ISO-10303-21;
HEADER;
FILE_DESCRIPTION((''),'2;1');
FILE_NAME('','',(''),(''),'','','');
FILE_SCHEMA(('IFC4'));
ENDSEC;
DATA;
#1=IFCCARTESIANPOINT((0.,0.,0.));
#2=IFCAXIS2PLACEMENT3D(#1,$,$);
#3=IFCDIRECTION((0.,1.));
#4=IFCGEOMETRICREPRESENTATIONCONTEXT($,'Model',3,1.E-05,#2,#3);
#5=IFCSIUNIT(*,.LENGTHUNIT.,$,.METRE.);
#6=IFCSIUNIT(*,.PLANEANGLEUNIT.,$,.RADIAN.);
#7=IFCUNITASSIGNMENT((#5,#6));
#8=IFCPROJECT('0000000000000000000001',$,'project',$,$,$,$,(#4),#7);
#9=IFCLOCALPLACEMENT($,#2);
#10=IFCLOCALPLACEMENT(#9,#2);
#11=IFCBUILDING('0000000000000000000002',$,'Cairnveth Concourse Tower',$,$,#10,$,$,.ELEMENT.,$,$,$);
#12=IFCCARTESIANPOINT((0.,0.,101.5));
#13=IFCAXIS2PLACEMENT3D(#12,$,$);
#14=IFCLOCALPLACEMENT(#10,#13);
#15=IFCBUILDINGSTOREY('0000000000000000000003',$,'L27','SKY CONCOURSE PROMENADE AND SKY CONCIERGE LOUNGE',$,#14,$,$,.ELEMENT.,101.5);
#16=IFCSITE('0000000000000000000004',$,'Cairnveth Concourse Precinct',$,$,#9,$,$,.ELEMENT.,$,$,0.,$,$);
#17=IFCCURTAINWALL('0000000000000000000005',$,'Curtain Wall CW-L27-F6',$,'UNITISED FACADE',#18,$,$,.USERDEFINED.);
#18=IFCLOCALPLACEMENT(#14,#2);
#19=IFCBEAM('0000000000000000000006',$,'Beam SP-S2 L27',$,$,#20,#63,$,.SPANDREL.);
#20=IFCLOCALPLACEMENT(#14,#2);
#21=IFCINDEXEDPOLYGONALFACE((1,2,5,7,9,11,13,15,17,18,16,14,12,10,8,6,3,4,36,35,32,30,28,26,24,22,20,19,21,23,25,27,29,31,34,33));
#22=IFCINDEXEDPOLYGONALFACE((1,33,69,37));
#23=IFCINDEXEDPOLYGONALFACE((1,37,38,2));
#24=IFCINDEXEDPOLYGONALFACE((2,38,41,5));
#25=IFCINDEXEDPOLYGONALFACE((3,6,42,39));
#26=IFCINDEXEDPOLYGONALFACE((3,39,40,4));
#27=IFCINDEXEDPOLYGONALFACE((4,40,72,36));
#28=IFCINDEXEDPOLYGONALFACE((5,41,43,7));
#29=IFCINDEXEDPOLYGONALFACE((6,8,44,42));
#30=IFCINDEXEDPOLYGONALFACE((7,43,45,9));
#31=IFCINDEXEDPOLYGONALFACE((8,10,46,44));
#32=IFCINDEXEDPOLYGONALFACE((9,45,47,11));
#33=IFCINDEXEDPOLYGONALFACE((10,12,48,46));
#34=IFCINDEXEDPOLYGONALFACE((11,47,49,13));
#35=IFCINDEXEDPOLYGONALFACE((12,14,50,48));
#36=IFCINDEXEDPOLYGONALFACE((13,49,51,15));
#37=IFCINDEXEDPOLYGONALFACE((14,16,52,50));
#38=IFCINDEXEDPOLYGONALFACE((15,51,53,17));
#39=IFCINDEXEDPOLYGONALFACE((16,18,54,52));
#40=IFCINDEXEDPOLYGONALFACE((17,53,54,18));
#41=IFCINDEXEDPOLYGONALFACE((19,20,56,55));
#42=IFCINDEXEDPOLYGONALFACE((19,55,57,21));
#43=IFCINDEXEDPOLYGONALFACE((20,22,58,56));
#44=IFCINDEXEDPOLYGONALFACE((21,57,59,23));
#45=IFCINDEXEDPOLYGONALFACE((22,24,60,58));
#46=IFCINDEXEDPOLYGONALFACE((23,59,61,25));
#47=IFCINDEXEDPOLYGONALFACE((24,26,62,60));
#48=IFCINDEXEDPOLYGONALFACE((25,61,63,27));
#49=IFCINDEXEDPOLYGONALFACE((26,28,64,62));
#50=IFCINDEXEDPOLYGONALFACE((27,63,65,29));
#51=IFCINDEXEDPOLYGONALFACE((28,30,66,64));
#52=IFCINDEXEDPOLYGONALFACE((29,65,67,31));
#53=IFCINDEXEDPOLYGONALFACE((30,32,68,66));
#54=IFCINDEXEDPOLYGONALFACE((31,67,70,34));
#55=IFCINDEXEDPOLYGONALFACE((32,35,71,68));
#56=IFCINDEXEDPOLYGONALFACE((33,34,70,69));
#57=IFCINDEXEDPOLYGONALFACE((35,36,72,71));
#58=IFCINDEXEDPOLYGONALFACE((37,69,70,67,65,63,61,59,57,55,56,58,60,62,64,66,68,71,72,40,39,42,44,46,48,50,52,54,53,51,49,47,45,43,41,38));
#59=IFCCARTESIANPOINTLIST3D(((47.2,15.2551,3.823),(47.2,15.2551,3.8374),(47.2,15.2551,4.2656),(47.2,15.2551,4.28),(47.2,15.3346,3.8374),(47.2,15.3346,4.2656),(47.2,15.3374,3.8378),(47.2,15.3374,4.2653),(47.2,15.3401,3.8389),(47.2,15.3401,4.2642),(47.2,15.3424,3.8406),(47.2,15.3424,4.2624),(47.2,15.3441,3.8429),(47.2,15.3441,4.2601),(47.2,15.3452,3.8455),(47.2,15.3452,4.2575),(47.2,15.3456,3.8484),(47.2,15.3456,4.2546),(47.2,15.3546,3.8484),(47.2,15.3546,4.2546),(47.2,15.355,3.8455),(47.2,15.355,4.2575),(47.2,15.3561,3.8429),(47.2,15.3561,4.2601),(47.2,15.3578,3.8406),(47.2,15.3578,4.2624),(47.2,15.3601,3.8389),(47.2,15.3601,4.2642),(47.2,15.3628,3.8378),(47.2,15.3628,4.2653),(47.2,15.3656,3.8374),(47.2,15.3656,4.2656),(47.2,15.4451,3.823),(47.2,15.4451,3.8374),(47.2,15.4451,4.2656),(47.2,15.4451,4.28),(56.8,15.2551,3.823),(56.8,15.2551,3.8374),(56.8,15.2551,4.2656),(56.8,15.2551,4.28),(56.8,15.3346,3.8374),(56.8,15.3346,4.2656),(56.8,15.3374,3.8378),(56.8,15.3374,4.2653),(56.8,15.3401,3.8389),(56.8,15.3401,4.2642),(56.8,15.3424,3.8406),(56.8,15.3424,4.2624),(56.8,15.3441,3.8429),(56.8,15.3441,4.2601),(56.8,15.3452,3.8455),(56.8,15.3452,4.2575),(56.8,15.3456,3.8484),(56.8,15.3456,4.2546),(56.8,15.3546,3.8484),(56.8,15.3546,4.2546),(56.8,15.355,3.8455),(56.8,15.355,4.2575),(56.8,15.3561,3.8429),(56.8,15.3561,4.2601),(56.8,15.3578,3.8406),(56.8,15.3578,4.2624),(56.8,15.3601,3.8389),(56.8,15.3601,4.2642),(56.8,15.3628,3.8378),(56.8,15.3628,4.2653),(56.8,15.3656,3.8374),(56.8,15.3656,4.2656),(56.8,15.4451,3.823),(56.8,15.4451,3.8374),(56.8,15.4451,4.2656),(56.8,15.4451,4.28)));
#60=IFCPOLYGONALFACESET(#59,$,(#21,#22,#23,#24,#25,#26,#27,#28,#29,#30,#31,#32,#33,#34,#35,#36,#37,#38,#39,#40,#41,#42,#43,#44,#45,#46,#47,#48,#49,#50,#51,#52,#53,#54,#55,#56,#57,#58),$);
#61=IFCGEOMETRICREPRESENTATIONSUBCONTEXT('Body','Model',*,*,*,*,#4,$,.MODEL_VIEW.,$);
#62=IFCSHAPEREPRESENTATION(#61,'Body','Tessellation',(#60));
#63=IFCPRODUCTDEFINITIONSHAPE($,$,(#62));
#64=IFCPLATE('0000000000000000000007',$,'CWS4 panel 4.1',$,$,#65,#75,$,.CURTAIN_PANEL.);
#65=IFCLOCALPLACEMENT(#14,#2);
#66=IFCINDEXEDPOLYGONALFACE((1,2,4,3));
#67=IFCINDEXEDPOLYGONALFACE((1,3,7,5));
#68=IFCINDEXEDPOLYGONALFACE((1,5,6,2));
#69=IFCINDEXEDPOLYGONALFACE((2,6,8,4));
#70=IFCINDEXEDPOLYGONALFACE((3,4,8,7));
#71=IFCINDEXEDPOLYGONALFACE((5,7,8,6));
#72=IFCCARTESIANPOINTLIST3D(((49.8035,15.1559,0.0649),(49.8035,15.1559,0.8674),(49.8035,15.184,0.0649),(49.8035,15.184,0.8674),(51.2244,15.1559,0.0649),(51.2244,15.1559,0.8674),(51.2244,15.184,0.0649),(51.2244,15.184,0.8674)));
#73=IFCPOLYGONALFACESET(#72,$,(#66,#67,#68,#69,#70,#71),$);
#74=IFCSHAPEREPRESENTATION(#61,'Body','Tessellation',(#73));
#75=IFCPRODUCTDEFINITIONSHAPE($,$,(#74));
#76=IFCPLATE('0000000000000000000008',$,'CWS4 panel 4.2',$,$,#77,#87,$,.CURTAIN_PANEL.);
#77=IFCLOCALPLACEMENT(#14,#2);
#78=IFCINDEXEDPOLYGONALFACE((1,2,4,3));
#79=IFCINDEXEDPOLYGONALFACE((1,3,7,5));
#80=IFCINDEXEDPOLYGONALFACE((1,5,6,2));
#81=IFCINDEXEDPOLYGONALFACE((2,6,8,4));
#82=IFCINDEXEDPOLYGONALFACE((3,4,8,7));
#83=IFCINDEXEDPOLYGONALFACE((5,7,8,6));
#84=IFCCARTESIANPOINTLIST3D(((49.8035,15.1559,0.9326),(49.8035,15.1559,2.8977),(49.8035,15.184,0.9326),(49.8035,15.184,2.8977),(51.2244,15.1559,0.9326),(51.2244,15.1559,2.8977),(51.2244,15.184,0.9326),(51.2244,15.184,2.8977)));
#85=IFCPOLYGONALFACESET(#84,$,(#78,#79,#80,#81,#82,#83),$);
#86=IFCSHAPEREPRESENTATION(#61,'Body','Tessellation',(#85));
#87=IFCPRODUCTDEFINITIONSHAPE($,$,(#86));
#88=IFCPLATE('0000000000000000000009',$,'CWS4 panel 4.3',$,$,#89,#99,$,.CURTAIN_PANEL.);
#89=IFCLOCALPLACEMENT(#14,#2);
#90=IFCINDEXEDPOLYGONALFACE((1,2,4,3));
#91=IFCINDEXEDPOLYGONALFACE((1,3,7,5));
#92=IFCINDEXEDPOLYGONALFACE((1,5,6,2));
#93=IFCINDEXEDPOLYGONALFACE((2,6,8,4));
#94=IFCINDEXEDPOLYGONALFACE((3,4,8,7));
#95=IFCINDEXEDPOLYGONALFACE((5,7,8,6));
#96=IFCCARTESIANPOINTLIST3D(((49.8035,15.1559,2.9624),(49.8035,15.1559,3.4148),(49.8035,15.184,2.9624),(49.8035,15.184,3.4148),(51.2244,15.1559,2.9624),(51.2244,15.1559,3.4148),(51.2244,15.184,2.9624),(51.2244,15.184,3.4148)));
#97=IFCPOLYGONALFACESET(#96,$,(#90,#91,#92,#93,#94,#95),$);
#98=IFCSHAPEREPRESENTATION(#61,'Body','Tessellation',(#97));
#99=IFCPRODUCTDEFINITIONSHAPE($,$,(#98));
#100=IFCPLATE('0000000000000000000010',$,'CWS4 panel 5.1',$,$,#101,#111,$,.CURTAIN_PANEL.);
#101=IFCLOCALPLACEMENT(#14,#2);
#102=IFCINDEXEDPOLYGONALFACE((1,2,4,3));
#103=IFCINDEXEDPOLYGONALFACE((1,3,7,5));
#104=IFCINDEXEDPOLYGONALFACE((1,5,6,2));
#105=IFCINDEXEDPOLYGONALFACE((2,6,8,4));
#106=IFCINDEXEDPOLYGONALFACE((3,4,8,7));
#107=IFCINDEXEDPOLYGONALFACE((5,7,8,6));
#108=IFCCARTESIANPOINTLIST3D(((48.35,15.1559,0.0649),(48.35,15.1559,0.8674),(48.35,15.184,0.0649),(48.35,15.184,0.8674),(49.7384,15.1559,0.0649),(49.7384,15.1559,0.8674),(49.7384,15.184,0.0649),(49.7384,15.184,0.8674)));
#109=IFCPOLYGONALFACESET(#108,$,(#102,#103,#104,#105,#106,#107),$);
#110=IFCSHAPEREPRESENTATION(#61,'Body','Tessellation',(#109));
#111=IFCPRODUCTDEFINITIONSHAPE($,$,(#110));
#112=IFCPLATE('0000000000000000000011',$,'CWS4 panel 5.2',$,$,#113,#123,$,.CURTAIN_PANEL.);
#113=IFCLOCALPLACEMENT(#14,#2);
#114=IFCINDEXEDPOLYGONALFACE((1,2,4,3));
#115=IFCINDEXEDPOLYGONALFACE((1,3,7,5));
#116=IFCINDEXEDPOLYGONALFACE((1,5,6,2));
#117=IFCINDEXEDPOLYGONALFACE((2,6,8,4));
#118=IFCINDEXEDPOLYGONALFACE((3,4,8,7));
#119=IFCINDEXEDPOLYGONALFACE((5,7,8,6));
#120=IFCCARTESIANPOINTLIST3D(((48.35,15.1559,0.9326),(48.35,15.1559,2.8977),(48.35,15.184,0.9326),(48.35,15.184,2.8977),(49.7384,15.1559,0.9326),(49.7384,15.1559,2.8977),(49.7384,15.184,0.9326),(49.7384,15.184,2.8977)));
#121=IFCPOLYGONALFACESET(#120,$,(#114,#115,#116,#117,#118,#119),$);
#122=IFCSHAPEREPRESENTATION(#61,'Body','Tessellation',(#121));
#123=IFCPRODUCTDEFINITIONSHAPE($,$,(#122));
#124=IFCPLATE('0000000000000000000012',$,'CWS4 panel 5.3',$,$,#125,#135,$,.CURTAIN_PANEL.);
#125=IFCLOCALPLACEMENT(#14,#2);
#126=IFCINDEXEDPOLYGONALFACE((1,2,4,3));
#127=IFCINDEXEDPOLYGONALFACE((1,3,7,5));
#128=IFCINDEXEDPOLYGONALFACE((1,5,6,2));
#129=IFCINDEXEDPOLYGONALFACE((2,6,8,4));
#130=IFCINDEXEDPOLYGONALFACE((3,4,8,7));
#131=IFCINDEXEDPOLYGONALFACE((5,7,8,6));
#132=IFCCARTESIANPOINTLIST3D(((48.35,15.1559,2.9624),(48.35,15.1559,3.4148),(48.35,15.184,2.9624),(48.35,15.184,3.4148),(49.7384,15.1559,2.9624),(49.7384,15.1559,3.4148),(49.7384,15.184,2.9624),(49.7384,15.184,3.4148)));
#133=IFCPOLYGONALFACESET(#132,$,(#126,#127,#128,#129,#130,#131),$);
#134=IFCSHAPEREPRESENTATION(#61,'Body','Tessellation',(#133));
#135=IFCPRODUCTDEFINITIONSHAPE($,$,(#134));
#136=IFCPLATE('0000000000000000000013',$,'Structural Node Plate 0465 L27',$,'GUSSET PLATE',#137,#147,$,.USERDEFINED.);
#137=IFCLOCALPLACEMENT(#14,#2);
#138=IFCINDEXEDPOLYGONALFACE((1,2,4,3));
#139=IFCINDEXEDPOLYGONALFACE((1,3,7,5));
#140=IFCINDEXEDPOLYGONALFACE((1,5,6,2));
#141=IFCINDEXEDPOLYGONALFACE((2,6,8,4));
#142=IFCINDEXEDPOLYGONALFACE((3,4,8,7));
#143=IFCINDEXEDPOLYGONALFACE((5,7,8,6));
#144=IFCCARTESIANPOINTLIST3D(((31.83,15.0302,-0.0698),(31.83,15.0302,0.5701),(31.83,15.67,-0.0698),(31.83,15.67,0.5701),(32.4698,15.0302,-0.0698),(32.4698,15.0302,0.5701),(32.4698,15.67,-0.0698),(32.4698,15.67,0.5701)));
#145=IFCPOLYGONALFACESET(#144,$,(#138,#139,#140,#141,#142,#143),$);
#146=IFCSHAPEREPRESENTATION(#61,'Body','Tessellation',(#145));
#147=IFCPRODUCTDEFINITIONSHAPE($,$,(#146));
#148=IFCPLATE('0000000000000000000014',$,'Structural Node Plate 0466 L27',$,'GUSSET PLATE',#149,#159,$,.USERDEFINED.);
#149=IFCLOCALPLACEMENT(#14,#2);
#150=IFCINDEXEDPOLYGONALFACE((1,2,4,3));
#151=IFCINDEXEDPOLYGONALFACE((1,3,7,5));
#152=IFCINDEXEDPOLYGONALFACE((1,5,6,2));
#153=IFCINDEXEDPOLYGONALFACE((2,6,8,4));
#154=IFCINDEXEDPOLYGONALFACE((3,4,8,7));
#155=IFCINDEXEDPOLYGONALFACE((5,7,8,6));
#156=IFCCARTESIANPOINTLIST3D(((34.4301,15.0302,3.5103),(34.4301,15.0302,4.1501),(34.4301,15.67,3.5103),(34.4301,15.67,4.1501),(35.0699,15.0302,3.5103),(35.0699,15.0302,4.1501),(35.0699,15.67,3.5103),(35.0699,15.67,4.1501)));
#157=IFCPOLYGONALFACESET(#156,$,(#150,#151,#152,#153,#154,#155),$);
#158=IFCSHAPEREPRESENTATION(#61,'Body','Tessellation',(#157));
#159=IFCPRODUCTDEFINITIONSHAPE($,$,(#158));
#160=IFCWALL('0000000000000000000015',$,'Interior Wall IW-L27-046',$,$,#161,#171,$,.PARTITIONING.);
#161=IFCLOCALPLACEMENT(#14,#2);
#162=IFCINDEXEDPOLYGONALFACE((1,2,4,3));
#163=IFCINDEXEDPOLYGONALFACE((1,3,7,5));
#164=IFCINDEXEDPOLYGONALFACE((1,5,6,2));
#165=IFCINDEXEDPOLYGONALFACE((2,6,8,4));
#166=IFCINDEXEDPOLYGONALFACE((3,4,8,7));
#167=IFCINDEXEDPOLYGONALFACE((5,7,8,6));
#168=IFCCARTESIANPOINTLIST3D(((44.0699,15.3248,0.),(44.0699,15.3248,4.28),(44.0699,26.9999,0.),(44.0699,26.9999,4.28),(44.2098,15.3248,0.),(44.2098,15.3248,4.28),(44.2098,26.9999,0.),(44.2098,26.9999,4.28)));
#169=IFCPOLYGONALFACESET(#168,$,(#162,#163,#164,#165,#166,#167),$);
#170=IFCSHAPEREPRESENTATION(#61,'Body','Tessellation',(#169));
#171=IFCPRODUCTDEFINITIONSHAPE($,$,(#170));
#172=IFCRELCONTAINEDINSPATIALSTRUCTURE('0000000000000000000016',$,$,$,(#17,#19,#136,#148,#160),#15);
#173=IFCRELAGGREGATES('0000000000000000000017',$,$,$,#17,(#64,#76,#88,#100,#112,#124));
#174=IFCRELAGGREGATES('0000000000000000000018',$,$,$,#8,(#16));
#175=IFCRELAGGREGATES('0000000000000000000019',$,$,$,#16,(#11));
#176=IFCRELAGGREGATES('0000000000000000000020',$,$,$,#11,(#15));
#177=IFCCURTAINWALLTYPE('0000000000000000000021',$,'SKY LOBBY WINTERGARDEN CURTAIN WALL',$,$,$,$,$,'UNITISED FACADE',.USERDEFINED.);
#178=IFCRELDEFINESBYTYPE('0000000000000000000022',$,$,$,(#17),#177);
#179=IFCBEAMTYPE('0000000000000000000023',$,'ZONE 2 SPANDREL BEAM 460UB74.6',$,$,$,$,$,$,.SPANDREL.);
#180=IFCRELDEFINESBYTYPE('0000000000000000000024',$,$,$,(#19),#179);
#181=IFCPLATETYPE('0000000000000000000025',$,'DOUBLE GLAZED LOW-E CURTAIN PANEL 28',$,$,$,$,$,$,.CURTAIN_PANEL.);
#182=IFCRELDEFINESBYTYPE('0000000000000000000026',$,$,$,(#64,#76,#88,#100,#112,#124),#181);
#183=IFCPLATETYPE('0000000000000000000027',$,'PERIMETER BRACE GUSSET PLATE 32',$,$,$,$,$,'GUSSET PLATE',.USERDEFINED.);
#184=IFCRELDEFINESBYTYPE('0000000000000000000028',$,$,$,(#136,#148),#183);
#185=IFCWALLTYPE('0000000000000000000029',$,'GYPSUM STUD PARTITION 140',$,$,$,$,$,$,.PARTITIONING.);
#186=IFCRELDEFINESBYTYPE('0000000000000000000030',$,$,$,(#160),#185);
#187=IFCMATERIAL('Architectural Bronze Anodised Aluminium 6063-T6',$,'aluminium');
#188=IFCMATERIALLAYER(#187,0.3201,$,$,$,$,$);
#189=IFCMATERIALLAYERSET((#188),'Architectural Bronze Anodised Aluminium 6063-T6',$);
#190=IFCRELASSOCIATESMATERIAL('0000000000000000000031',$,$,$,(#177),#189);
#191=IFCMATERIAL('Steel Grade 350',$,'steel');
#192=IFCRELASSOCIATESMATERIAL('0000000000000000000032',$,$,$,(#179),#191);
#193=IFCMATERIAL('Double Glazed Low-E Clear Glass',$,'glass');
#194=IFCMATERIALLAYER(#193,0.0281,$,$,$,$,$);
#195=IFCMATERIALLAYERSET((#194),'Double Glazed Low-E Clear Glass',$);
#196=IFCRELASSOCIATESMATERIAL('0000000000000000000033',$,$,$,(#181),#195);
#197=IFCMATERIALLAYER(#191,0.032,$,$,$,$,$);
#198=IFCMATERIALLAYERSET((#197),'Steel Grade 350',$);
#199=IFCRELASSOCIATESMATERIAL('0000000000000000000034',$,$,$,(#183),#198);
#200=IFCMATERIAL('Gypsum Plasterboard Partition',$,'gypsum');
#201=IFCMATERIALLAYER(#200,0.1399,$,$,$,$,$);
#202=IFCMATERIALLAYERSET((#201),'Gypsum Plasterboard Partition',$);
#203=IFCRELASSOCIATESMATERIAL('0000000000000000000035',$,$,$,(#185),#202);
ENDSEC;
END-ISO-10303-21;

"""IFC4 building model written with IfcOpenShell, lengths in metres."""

from ifc_helpers import new_model, si_unit, direction, frame, frame_2d, origin, origin_2d, place, context, subcontext, project, spatial, rectangle, i_section, extrude, material, layer, layer_set, material_profile, profile_set, type_object, element, aggregate, save


model = new_model("IFC4")

# Units and contexts
model_context = context("Model", 3, precision=1e-05, world=origin(), true_north=direction((0.0, 1.0)))
body_context = subcontext(model_context, "Body", "Model", "MODEL_VIEW")
ifc_project = project(units=[si_unit("LENGTHUNIT", "METRE"), si_unit("PLANEANGLEUNIT", "RADIAN")], contexts=[model_context])

# Site, building, storey
site_placement = place(None, origin())
site = spatial("IfcSite", under=ifc_project, at=site_placement, Name="Cairnveth Concourse Precinct", CompositionType="ELEMENT", RefElevation=0.0)
building_placement = place(site_placement, origin())
building = spatial("IfcBuilding", under=site, at=building_placement, Name="Cairnveth Concourse Tower", CompositionType="ELEMENT")
storey_placement = place(building_placement, frame((0.0, 0.0, 101.5)))
storey = spatial("IfcBuildingStorey", under=building, at=storey_placement, Name="L27", Description="SKY CONCOURSE PROMENADE AND SKY CONCIERGE LOUNGE", CompositionType="ELEMENT", Elevation=101.5)

# Curtain wall
ifc_material_1 = material(Name="Architectural Bronze Anodised Aluminium 6063-T6", Category="aluminium")
ifc_layer_1 = layer(ifc_material_1, 0.3201)
ifc_layer_set_1 = layer_set([ifc_layer_1], Name="Architectural Bronze Anodised Aluminium 6063-T6")
curtain_wall_type = type_object("IfcCurtainWallType", Name="SKY LOBBY WINTERGARDEN CURTAIN WALL", ElementType="UNITISED FACADE", PredefinedType="USERDEFINED", material=ifc_layer_set_1)
curtain_wall_placement = place(storey_placement, origin())
curtain_wall = element("IfcCurtainWall", 1, at=curtain_wall_placement, inside=storey, type_object=curtain_wall_type, Name="Curtain Wall CW-L27-F6", ObjectType="UNITISED FACADE", PredefinedType="USERDEFINED")

# Beam
ifc_material_2 = material(Name="Steel Grade 350", Category="steel")
ifc_material_profile_1 = material_profile(ifc_material_2, i_section(OverallWidth=0.1899, OverallDepth=0.457, WebThickness=0.009, FlangeThickness=0.0144, FilletRadius=0.011, at=origin_2d()), Name="460UB74.6")
ifc_profile_set_1 = profile_set([ifc_material_profile_1], Name="Steel Grade 350")
beam_type = type_object("IfcBeamType", Name="ZONE 2 SPANDREL BEAM 460UB74.6", PredefinedType="SPANDREL", material=ifc_profile_set_1)
beam_placement = place(storey_placement, frame((47.2, 15.3501, 4.0515), z_axis=(1.0, 0.0, 0.0), x_axis=(0.0, 1.0, 0.0)))
element("IfcBeam", 2, at=beam_placement, inside=storey, type_object=beam_type, Name="Beam SP-S2 L27", PredefinedType="SPANDREL", context=body_context, shape_type="SweptSolid", body=[
    extrude(i_section(OverallWidth=0.1899, OverallDepth=0.457, WebThickness=0.009, FlangeThickness=0.0144, FilletRadius=0.011, at=origin_2d()), origin(), (0.0, 0.0, 1.0), 9.6001),
])

# Plates
ifc_material_3 = material(Name="Double Glazed Low-E Clear Glass", Category="glass")
ifc_layer_2 = layer(ifc_material_3, 0.0281)
ifc_layer_set_2 = layer_set([ifc_layer_2], Name="Double Glazed Low-E Clear Glass")
plate_type_1 = type_object("IfcPlateType", Name="DOUBLE GLAZED LOW-E CURTAIN PANEL 28", PredefinedType="CURTAIN_PANEL", material=ifc_layer_set_2)
plate_1_placement = place(storey_placement, frame((50.5139, 15.1699, 0.0649), z_axis=(0.0, 0.0, 1.0), x_axis=(-1.0, 0.0, 0.0)))
plate_1 = element("IfcPlate", 3, at=plate_1_placement, type_object=plate_type_1, Name="CWS4 panel 4.1", PredefinedType="CURTAIN_PANEL", context=body_context, shape_type="SweptSolid", body=[
    extrude(rectangle(XDim=1.4209, YDim=0.0281, at=origin_2d()), origin(), (0.0, 0.0, 1.0), 0.8025),
])
plate_2_placement = place(storey_placement, frame((50.5139, 15.1699, 0.9326), z_axis=(0.0, 0.0, 1.0), x_axis=(-1.0, 0.0, 0.0)))
plate_2 = element("IfcPlate", 4, at=plate_2_placement, type_object=plate_type_1, Name="CWS4 panel 4.2", PredefinedType="CURTAIN_PANEL", context=body_context, shape_type="SweptSolid", body=[
    extrude(rectangle(XDim=1.4209, YDim=0.0281, at=origin_2d()), origin(), (0.0, 0.0, 1.0), 1.9651),
])
plate_3_placement = place(storey_placement, frame((50.5139, 15.1699, 2.9624), z_axis=(0.0, 0.0, 1.0), x_axis=(-1.0, 0.0, 0.0)))
plate_3 = element("IfcPlate", 5, at=plate_3_placement, type_object=plate_type_1, Name="CWS4 panel 4.3", PredefinedType="CURTAIN_PANEL", context=body_context, shape_type="SweptSolid", body=[
    extrude(rectangle(XDim=1.4209, YDim=0.0281, at=origin_2d()), origin(), (0.0, 0.0, 1.0), 0.4524),
])
plate_4_placement = place(storey_placement, frame((49.0442, 15.1699, 0.0649), z_axis=(0.0, 0.0, 1.0), x_axis=(-1.0, 0.0, 0.0)))
plate_4 = element("IfcPlate", 6, at=plate_4_placement, type_object=plate_type_1, Name="CWS4 panel 5.1", PredefinedType="CURTAIN_PANEL", context=body_context, shape_type="SweptSolid", body=[
    extrude(rectangle(XDim=1.3884, YDim=0.0281, at=origin_2d()), origin(), (0.0, 0.0, 1.0), 0.8025),
])
plate_5_placement = place(storey_placement, frame((49.0442, 15.1699, 0.9326), z_axis=(0.0, 0.0, 1.0), x_axis=(-1.0, 0.0, 0.0)))
plate_5 = element("IfcPlate", 7, at=plate_5_placement, type_object=plate_type_1, Name="CWS4 panel 5.2", PredefinedType="CURTAIN_PANEL", context=body_context, shape_type="SweptSolid", body=[
    extrude(rectangle(XDim=1.3884, YDim=0.0281, at=origin_2d()), origin(), (0.0, 0.0, 1.0), 1.9651),
])
plate_6_placement = place(storey_placement, frame((49.0442, 15.1699, 2.9624), z_axis=(0.0, 0.0, 1.0), x_axis=(-1.0, 0.0, 0.0)))
plate_6 = element("IfcPlate", 8, at=plate_6_placement, type_object=plate_type_1, Name="CWS4 panel 5.3", PredefinedType="CURTAIN_PANEL", context=body_context, shape_type="SweptSolid", body=[
    extrude(rectangle(XDim=1.3884, YDim=0.0281, at=origin_2d()), origin(), (0.0, 0.0, 1.0), 0.4524),
])
aggregate(curtain_wall, [plate_1, plate_2, plate_3, plate_4, plate_5, plate_6])

# Plates
ifc_layer_3 = layer(ifc_material_2, 0.032)
ifc_layer_set_3 = layer_set([ifc_layer_3], Name="Steel Grade 350")
plate_type_2 = type_object("IfcPlateType", Name="PERIMETER BRACE GUSSET PLATE 32", ElementType="GUSSET PLATE", PredefinedType="USERDEFINED", material=ifc_layer_set_3)
for number, where, z_axis, x_axis, name in (
    (9, (32.1499, 15.3501, -0.0698), (0.0, 0.0, 1.0), (1.0, 0.0, 0.0), "Structural Node Plate 0465 L27"),
    (10, (34.75, 15.3501, 3.5103), (0.0, 0.0, 1.0), (1.0, 0.0, 0.0), "Structural Node Plate 0466 L27"),
):
    element("IfcPlate", number, at=place(storey_placement, frame(where, z_axis=z_axis, x_axis=x_axis)), inside=storey, type_object=plate_type_2, Name=name, ObjectType="GUSSET PLATE", PredefinedType="USERDEFINED", context=body_context, shape_type="SweptSolid", body=[
        extrude(rectangle(XDim=0.6399, YDim=0.6399, at=origin_2d()), origin(), (0.0, 0.0, 1.0), 0.6399),
    ])

# Wall
ifc_material_4 = material(Name="Gypsum Plasterboard Partition", Category="gypsum")
ifc_layer_4 = layer(ifc_material_4, 0.1399)
ifc_layer_set_4 = layer_set([ifc_layer_4], Name="Gypsum Plasterboard Partition")
wall_type_1 = type_object("IfcWallType", Name="GYPSUM STUD PARTITION 140", PredefinedType="PARTITIONING", material=ifc_layer_set_4)
wall_1_placement = place(storey_placement, frame((44.1399, 15.325, 0.0), z_axis=(0.0, 0.0, 1.0), x_axis=(0.0, 1.0, 0.0)))
element("IfcWall", 11, at=wall_1_placement, inside=storey, type_object=wall_type_1, Name="Interior Wall IW-L27-046", PredefinedType="PARTITIONING", context=body_context, shape_type="SweptSolid", body=[
    extrude(rectangle(XDim=11.675, YDim=0.1399, at=frame_2d((5.8374, 0.0))), origin(), (0.0, 0.0, 1.0), 4.28),
])

save(model, "model.ifc")
